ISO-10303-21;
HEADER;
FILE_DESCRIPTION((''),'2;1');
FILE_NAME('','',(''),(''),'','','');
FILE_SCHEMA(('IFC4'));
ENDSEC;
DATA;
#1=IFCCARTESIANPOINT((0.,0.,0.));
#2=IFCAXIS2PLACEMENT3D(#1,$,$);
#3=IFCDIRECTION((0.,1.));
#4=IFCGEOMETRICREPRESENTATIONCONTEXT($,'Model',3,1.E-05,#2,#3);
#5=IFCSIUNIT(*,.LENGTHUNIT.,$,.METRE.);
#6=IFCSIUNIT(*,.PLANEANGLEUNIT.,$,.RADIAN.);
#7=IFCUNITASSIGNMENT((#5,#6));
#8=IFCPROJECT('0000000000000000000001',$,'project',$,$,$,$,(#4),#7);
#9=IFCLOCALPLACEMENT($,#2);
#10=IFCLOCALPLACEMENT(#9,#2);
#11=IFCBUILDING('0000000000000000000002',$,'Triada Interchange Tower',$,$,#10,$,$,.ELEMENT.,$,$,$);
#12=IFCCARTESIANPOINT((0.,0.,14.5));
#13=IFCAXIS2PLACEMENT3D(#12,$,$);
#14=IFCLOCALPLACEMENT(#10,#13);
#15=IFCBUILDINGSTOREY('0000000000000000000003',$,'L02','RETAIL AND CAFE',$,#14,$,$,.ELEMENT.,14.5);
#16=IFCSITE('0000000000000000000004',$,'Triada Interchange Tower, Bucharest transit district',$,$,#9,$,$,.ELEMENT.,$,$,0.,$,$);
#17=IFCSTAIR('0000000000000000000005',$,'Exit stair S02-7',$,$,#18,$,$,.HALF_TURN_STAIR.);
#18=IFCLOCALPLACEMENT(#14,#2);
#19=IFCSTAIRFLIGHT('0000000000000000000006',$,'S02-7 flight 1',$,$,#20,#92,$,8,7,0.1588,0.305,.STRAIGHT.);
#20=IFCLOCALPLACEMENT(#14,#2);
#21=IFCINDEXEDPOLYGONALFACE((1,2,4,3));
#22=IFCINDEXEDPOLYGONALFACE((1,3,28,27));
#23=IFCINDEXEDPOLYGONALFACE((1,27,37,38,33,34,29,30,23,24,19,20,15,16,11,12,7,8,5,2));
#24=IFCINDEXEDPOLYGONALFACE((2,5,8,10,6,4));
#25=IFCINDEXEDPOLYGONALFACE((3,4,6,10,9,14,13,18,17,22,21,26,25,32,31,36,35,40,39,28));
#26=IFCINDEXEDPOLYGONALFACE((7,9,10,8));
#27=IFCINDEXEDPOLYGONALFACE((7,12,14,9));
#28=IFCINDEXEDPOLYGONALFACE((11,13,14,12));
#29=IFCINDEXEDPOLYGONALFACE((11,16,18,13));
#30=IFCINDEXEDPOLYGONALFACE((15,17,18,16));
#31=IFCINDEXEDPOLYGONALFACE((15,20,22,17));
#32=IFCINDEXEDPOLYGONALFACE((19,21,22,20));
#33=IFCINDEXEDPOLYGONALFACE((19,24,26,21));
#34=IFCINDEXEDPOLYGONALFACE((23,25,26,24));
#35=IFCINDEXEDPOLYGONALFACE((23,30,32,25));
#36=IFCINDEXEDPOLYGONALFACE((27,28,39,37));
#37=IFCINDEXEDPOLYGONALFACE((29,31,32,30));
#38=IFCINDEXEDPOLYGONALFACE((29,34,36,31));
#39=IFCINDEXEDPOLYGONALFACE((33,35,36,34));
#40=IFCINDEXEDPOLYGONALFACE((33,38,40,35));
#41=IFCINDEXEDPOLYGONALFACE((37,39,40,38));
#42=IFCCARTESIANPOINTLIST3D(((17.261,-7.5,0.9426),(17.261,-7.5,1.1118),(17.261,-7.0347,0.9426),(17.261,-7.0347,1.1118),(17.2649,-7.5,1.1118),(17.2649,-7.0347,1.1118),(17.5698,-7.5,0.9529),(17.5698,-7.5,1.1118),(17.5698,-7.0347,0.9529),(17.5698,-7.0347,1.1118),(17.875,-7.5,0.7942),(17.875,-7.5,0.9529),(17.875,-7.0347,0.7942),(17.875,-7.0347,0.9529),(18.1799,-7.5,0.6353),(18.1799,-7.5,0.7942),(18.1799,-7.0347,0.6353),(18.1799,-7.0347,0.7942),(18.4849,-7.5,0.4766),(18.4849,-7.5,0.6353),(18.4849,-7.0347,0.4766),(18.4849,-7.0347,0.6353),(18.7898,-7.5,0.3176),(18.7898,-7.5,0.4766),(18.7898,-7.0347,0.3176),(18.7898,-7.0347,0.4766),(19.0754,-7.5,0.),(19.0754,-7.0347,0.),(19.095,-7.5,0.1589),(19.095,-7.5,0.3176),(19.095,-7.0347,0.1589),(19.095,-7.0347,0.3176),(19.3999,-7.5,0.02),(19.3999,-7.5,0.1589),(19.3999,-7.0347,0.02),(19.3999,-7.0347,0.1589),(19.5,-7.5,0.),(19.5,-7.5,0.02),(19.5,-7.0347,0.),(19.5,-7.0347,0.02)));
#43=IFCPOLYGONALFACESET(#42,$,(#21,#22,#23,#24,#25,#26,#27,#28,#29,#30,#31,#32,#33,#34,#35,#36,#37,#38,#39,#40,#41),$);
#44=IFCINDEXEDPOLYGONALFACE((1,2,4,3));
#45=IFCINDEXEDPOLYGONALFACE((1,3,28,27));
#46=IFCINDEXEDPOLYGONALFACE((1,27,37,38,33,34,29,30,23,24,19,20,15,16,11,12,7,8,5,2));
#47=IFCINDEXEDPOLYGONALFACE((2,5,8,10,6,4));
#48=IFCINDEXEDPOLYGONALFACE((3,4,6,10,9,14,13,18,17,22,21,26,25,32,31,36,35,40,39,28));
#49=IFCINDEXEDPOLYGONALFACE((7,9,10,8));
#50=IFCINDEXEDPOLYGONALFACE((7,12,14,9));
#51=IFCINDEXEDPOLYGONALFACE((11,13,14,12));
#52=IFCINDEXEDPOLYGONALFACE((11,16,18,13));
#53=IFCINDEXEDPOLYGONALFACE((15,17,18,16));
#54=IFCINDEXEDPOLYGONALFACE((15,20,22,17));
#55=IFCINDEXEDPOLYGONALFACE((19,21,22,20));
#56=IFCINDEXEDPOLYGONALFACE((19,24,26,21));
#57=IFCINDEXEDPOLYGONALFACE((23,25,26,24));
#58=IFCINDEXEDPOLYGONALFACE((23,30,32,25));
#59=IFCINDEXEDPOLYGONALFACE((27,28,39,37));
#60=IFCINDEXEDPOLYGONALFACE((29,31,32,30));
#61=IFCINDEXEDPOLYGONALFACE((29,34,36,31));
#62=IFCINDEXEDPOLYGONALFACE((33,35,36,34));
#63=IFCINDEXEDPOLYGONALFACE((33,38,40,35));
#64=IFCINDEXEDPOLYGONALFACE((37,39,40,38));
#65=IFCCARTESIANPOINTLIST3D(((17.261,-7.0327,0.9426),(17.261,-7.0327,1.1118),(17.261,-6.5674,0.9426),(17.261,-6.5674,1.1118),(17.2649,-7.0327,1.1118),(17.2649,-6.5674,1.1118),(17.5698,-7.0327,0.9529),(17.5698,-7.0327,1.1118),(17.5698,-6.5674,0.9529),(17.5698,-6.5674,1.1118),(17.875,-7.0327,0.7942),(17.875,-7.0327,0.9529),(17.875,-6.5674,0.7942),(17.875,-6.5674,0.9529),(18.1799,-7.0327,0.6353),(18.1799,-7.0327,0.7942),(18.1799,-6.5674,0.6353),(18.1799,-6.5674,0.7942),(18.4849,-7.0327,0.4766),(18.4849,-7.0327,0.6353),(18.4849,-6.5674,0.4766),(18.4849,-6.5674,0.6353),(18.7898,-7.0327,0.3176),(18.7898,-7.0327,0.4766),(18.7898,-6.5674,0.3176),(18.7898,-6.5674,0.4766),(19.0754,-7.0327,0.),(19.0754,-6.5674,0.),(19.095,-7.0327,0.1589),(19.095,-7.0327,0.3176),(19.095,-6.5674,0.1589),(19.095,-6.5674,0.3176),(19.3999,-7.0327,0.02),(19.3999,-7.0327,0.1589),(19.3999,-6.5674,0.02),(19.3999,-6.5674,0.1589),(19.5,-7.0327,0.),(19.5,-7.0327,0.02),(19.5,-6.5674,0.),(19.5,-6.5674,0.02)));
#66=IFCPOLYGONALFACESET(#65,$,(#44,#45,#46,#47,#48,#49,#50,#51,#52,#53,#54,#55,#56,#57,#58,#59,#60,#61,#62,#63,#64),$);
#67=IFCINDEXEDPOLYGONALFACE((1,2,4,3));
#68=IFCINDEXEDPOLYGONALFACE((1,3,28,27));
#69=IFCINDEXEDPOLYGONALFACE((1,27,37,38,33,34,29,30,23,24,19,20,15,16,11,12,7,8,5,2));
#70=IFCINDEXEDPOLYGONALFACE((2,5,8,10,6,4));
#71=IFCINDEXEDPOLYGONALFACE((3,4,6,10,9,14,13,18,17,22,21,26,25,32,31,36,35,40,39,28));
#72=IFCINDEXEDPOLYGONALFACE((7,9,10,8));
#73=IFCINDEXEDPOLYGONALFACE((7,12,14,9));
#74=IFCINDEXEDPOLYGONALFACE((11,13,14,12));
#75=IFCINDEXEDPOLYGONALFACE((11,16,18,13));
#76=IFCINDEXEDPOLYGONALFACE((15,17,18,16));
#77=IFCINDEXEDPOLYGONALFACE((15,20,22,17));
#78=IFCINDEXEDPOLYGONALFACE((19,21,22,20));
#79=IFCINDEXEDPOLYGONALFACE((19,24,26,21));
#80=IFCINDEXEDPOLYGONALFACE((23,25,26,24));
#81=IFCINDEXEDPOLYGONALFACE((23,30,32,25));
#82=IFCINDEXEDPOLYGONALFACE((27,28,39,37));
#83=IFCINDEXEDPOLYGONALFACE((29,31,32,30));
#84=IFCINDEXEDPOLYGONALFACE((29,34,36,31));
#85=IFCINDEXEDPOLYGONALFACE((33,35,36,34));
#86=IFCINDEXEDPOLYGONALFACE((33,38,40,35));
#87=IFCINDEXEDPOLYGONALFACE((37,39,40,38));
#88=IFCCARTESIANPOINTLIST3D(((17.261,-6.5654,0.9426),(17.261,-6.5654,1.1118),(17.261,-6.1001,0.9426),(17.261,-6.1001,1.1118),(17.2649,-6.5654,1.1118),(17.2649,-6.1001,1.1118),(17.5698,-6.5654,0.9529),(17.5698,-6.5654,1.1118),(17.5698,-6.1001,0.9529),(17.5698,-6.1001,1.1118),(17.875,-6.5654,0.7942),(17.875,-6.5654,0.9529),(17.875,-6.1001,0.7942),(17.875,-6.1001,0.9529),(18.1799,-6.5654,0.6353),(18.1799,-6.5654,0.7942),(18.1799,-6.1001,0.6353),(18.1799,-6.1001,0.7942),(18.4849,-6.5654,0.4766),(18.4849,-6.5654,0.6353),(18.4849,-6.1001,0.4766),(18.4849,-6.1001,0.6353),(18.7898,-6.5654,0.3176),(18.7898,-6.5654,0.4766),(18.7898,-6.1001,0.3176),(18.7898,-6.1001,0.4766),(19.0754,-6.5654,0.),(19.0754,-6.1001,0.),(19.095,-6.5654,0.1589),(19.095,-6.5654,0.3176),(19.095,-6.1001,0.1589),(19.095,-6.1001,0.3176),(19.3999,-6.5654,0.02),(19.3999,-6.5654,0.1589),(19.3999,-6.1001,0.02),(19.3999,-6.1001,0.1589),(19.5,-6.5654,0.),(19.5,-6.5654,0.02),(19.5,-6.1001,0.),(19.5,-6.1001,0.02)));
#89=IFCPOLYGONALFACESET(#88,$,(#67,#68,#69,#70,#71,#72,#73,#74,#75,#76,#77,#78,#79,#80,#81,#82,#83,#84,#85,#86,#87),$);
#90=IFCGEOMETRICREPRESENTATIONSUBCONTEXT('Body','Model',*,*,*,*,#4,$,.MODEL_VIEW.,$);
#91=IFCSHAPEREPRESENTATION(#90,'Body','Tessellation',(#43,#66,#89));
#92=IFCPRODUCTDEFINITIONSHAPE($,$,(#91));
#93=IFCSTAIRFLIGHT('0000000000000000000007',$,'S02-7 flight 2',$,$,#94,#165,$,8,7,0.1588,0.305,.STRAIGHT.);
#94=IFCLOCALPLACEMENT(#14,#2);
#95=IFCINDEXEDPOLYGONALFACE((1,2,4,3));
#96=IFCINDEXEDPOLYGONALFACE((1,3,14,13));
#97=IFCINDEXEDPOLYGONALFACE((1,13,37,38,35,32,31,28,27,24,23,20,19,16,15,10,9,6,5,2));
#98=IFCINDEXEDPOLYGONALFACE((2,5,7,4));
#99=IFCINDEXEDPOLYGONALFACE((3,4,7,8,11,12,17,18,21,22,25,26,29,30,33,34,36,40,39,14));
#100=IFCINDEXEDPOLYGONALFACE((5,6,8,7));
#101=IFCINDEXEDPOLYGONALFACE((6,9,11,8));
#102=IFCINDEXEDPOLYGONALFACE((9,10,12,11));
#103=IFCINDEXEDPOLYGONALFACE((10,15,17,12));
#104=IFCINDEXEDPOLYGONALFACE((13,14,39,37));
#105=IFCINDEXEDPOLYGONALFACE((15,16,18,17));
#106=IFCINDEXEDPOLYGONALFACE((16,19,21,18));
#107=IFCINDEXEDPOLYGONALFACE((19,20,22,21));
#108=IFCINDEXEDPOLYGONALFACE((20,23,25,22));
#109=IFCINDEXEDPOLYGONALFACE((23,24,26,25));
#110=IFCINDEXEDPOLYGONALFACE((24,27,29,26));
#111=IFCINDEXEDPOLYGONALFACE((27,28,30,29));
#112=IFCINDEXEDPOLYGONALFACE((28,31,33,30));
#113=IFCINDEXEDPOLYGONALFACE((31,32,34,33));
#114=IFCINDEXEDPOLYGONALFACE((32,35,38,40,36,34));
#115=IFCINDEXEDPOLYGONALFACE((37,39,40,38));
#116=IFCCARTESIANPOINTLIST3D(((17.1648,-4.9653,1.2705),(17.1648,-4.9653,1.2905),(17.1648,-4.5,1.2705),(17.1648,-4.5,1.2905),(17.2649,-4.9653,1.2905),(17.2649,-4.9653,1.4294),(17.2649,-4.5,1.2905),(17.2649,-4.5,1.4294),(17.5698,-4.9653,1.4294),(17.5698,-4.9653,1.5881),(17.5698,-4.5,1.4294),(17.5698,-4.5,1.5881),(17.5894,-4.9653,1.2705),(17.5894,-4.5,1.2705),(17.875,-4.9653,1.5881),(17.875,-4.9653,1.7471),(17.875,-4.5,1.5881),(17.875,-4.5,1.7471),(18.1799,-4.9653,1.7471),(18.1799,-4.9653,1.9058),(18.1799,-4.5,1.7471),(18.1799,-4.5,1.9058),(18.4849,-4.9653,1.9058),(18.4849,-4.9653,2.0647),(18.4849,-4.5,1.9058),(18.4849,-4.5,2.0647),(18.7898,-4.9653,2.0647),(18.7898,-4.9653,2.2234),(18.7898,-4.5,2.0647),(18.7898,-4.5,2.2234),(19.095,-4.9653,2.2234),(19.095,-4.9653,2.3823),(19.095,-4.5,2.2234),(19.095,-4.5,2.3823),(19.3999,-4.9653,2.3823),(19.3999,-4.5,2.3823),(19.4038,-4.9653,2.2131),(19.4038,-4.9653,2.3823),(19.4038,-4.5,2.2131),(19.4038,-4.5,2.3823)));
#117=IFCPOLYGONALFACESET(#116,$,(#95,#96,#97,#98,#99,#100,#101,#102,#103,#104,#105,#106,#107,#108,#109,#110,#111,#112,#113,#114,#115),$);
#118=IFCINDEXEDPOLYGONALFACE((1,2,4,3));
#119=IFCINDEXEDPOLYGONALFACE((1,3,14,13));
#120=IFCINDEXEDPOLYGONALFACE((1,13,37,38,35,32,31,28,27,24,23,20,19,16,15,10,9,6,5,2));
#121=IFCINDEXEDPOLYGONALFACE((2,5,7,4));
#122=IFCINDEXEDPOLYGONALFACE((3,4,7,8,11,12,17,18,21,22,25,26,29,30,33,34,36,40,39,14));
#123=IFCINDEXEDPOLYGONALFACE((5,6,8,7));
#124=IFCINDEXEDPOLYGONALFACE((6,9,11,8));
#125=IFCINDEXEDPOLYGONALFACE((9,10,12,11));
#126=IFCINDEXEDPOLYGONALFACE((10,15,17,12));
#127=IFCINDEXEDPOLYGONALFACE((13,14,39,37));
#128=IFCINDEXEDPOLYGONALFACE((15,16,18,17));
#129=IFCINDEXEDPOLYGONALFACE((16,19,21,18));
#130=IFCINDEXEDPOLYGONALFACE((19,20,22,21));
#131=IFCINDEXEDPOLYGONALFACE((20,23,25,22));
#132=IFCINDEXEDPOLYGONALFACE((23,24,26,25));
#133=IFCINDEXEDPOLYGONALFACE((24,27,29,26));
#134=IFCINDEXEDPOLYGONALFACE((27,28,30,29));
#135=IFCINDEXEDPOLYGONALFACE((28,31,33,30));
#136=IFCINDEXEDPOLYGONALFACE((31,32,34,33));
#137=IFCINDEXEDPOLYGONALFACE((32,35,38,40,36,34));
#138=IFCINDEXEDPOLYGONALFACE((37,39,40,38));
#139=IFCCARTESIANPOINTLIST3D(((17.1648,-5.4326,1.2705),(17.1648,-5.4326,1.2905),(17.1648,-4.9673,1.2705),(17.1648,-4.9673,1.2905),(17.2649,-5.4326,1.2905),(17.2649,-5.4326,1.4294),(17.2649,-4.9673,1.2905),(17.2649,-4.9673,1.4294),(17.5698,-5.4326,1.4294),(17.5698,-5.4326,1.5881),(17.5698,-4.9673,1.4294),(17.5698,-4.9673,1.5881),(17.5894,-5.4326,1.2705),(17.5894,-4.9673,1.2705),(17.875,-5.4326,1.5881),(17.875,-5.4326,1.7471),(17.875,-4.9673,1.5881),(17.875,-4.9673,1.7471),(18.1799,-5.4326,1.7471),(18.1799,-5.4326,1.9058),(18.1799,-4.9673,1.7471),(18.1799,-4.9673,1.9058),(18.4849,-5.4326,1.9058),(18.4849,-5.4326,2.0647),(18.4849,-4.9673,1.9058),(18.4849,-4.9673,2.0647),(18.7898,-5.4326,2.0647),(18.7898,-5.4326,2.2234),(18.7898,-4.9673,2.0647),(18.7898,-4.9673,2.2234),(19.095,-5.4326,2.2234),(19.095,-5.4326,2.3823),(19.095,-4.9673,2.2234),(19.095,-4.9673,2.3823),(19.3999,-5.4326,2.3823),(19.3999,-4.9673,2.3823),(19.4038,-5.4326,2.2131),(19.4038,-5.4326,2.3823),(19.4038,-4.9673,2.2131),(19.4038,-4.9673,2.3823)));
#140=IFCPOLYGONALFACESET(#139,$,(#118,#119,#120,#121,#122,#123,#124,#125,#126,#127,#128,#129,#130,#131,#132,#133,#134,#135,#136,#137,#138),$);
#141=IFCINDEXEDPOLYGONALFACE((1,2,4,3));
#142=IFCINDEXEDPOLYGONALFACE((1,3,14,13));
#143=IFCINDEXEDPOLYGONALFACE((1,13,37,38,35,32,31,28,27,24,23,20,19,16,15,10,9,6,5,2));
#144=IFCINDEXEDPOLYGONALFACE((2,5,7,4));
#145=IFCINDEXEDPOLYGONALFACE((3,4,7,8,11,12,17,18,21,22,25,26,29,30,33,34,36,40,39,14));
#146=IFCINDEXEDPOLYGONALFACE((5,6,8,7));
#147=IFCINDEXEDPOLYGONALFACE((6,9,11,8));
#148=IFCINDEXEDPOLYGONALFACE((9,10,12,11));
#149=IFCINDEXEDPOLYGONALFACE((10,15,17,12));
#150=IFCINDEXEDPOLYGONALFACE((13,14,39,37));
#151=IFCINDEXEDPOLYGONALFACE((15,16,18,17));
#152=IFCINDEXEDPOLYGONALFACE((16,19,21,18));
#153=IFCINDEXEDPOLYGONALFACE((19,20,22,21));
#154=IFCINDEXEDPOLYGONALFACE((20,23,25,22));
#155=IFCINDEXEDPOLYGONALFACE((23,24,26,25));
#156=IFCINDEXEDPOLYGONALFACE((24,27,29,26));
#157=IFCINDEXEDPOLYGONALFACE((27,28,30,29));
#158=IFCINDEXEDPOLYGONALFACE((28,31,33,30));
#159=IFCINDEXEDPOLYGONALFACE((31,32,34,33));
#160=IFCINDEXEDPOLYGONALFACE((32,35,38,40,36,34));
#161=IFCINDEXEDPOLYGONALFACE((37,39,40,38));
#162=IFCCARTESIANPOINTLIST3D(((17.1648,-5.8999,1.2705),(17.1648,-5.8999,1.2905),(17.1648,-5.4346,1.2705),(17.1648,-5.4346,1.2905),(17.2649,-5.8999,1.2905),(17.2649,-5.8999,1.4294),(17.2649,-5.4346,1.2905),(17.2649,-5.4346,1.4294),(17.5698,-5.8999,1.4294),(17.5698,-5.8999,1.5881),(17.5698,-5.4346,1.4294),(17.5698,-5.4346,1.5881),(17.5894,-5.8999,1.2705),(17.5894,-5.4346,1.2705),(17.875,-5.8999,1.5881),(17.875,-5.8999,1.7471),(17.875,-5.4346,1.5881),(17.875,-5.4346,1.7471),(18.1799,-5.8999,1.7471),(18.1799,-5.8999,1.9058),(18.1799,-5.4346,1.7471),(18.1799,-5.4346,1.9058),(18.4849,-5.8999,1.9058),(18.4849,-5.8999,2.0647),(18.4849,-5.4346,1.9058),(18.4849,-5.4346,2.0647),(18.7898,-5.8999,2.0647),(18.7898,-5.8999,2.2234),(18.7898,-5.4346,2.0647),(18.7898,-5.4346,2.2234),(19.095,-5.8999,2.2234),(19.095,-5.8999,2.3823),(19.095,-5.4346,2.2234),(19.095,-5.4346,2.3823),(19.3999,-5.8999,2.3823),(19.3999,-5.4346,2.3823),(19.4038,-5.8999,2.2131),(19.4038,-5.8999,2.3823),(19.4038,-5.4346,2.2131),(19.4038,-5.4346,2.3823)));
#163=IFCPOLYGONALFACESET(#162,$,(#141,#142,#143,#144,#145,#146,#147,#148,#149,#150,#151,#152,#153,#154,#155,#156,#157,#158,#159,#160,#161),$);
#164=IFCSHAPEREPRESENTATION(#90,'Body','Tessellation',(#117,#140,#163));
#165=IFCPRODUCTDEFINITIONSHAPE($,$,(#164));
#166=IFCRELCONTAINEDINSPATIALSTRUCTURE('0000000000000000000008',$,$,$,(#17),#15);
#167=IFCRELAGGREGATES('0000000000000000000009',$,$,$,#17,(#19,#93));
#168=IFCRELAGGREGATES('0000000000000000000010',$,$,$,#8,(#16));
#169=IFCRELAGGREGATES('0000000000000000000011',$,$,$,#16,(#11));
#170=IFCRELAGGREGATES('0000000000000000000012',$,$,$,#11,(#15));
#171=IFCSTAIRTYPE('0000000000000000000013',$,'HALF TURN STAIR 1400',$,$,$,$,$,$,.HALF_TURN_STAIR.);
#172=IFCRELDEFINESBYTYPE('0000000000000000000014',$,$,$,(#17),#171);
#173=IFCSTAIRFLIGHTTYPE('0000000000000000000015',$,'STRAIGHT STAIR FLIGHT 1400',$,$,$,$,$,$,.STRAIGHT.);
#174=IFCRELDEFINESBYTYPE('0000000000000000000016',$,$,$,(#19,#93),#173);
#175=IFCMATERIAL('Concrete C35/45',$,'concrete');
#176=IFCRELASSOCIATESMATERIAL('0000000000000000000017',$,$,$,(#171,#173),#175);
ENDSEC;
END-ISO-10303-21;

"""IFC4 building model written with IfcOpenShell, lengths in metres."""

from ifc_helpers import new_model, si_unit, direction, frame, origin, place, context, subcontext, project, spatial, polyline, outline, extrude, material, type_object, element, aggregate, save


model = new_model("IFC4")

# Units and contexts
model_context = context("Model", 3, precision=1e-05, world=origin(), true_north=direction((0.0, 1.0)))
body_context = subcontext(model_context, "Body", "Model", "MODEL_VIEW")
ifc_project = project(units=[si_unit("LENGTHUNIT", "METRE"), si_unit("PLANEANGLEUNIT", "RADIAN")], contexts=[model_context])

# Site, building, storey
site_placement = place(None, origin())
site = spatial("IfcSite", under=ifc_project, at=site_placement, Name="Triada Interchange Tower, Bucharest transit district", CompositionType="ELEMENT", RefElevation=0.0)
building_placement = place(site_placement, origin())
building = spatial("IfcBuilding", under=site, at=building_placement, Name="Triada Interchange Tower", CompositionType="ELEMENT")
storey_placement = place(building_placement, frame((0.0, 0.0, 14.5)))
storey = spatial("IfcBuildingStorey", under=building, at=storey_placement, Name="L02", Description="RETAIL AND CAFE", CompositionType="ELEMENT", Elevation=14.5)

# Shared definitions
ifc_material_1 = material(Name="Concrete C35/45", Category="concrete")

# Stair, stair flights
stair_type = type_object("IfcStairType", Name="HALF TURN STAIR 1400", PredefinedType="HALF_TURN_STAIR", material=ifc_material_1)
stair_placement = place(storey_placement, origin())
stair = element("IfcStair", 1, at=stair_placement, inside=storey, type_object=stair_type, Name="Exit stair S02-7", PredefinedType="HALF_TURN_STAIR")
stair_flight_type = type_object("IfcStairFlightType", Name="STRAIGHT STAIR FLIGHT 1400", PredefinedType="STRAIGHT", material=ifc_material_1)
stair_flight_1_placement = place(storey_placement, frame((19.3999, -6.8, 0.0), z_axis=(0.0, 0.0, 1.0), x_axis=(-1.0, 0.0, 0.0)))
stair_flight_1 = element("IfcStairFlight", 2, at=stair_flight_1_placement, type_object=stair_flight_type, Name="S02-7 flight 1", NumberOfRisers=8, NumberOfTreads=7, PredefinedType="STRAIGHT", RiserHeight=0.1588, TreadLength=0.305, context=body_context, shape_type="SweptSolid", body=[
    extrude(outline(polyline([(-0.1001, 0.0), (-0.1001, 0.02), (0.0, 0.02), (0.0, 0.1589), (0.3049, 0.1589), (0.3049, 0.3176), (0.6101, 0.3176), (0.6101, 0.4766), (0.915, 0.4766), (0.915, 0.6353), (1.22, 0.6353), (1.22, 0.7942), (1.5249, 0.7942), (1.5249, 0.9529), (1.8301, 0.9529), (1.8301, 1.1118), (2.135, 1.1118), (2.1389, 1.1118), (2.1389, 1.2705), (2.1389, 0.9426), (0.3245, 0.0), (-0.1001, 0.0)])), frame((0.0, 0.7, 0.0), z_axis=(0.0, -1.0, 0.0), x_axis=(1.0, 0.0, 0.0)), (0.0, 0.0, 1.0), 0.4653),
    extrude(outline(polyline([(-0.1001, 0.0), (-0.1001, 0.02), (0.0, 0.02), (0.0, 0.1589), (0.3049, 0.1589), (0.3049, 0.3176), (0.6101, 0.3176), (0.6101, 0.4766), (0.915, 0.4766), (0.915, 0.6353), (1.22, 0.6353), (1.22, 0.7942), (1.5249, 0.7942), (1.5249, 0.9529), (1.8301, 0.9529), (1.8301, 1.1118), (2.135, 1.1118), (2.1389, 1.1118), (2.1389, 1.2705), (2.1389, 0.9426), (0.3245, 0.0), (-0.1001, 0.0)])), frame((0.0, 0.2327, 0.0), z_axis=(0.0, -1.0, 0.0), x_axis=(1.0, 0.0, 0.0)), (0.0, 0.0, 1.0), 0.4653),
    extrude(outline(polyline([(-0.1001, 0.0), (-0.1001, 0.02), (0.0, 0.02), (0.0, 0.1589), (0.3049, 0.1589), (0.3049, 0.3176), (0.6101, 0.3176), (0.6101, 0.4766), (0.915, 0.4766), (0.915, 0.6353), (1.22, 0.6353), (1.22, 0.7942), (1.5249, 0.7942), (1.5249, 0.9529), (1.8301, 0.9529), (1.8301, 1.1118), (2.135, 1.1118), (2.1389, 1.1118), (2.1389, 1.2705), (2.1389, 0.9426), (0.3245, 0.0), (-0.1001, 0.0)])), frame((0.0, -0.2346, 0.0), z_axis=(0.0, -1.0, 0.0), x_axis=(1.0, 0.0, 0.0)), (0.0, 0.0, 1.0), 0.4653),
])
stair_flight_2_placement = place(storey_placement, frame((17.2649, -5.2, 1.2705), z_axis=(0.0, 0.0, 1.0), x_axis=(1.0, 0.0, 0.0)))
stair_flight_2 = element("IfcStairFlight", 3, at=stair_flight_2_placement, type_object=stair_flight_type, Name="S02-7 flight 2", NumberOfRisers=8, NumberOfTreads=7, PredefinedType="STRAIGHT", RiserHeight=0.1588, TreadLength=0.305, context=body_context, shape_type="SweptSolid", body=[
    extrude(outline(polyline([(-0.1001, 0.0), (-0.1001, 0.02), (0.0, 0.02), (0.0, 0.1589), (0.3049, 0.1589), (0.3049, 0.3176), (0.6101, 0.3176), (0.6101, 0.4766), (0.915, 0.4766), (0.915, 0.6353), (1.22, 0.6353), (1.22, 0.7942), (1.5249, 0.7942), (1.5249, 0.9529), (1.8301, 0.9529), (1.8301, 1.1118), (2.135, 1.1118), (2.1389, 1.1118), (2.1389, 1.2705), (2.1389, 0.9426), (0.3245, 0.0), (-0.1001, 0.0)])), frame((0.0, 0.7, 0.0), z_axis=(0.0, -1.0, 0.0), x_axis=(1.0, 0.0, 0.0)), (0.0, 0.0, 1.0), 0.4653),
    extrude(outline(polyline([(-0.1001, 0.0), (-0.1001, 0.02), (0.0, 0.02), (0.0, 0.1589), (0.3049, 0.1589), (0.3049, 0.3176), (0.6101, 0.3176), (0.6101, 0.4766), (0.915, 0.4766), (0.915, 0.6353), (1.22, 0.6353), (1.22, 0.7942), (1.5249, 0.7942), (1.5249, 0.9529), (1.8301, 0.9529), (1.8301, 1.1118), (2.135, 1.1118), (2.1389, 1.1118), (2.1389, 1.2705), (2.1389, 0.9426), (0.3245, 0.0), (-0.1001, 0.0)])), frame((0.0, 0.2327, 0.0), z_axis=(0.0, -1.0, 0.0), x_axis=(1.0, 0.0, 0.0)), (0.0, 0.0, 1.0), 0.4653),
    extrude(outline(polyline([(-0.1001, 0.0), (-0.1001, 0.02), (0.0, 0.02), (0.0, 0.1589), (0.3049, 0.1589), (0.3049, 0.3176), (0.6101, 0.3176), (0.6101, 0.4766), (0.915, 0.4766), (0.915, 0.6353), (1.22, 0.6353), (1.22, 0.7942), (1.5249, 0.7942), (1.5249, 0.9529), (1.8301, 0.9529), (1.8301, 1.1118), (2.135, 1.1118), (2.1389, 1.1118), (2.1389, 1.2705), (2.1389, 0.9426), (0.3245, 0.0), (-0.1001, 0.0)])), frame((0.0, -0.2346, 0.0), z_axis=(0.0, -1.0, 0.0), x_axis=(1.0, 0.0, 0.0)), (0.0, 0.0, 1.0), 0.4653),
])
aggregate(stair, [stair_flight_1, stair_flight_2])

save(model, "model.ifc")
